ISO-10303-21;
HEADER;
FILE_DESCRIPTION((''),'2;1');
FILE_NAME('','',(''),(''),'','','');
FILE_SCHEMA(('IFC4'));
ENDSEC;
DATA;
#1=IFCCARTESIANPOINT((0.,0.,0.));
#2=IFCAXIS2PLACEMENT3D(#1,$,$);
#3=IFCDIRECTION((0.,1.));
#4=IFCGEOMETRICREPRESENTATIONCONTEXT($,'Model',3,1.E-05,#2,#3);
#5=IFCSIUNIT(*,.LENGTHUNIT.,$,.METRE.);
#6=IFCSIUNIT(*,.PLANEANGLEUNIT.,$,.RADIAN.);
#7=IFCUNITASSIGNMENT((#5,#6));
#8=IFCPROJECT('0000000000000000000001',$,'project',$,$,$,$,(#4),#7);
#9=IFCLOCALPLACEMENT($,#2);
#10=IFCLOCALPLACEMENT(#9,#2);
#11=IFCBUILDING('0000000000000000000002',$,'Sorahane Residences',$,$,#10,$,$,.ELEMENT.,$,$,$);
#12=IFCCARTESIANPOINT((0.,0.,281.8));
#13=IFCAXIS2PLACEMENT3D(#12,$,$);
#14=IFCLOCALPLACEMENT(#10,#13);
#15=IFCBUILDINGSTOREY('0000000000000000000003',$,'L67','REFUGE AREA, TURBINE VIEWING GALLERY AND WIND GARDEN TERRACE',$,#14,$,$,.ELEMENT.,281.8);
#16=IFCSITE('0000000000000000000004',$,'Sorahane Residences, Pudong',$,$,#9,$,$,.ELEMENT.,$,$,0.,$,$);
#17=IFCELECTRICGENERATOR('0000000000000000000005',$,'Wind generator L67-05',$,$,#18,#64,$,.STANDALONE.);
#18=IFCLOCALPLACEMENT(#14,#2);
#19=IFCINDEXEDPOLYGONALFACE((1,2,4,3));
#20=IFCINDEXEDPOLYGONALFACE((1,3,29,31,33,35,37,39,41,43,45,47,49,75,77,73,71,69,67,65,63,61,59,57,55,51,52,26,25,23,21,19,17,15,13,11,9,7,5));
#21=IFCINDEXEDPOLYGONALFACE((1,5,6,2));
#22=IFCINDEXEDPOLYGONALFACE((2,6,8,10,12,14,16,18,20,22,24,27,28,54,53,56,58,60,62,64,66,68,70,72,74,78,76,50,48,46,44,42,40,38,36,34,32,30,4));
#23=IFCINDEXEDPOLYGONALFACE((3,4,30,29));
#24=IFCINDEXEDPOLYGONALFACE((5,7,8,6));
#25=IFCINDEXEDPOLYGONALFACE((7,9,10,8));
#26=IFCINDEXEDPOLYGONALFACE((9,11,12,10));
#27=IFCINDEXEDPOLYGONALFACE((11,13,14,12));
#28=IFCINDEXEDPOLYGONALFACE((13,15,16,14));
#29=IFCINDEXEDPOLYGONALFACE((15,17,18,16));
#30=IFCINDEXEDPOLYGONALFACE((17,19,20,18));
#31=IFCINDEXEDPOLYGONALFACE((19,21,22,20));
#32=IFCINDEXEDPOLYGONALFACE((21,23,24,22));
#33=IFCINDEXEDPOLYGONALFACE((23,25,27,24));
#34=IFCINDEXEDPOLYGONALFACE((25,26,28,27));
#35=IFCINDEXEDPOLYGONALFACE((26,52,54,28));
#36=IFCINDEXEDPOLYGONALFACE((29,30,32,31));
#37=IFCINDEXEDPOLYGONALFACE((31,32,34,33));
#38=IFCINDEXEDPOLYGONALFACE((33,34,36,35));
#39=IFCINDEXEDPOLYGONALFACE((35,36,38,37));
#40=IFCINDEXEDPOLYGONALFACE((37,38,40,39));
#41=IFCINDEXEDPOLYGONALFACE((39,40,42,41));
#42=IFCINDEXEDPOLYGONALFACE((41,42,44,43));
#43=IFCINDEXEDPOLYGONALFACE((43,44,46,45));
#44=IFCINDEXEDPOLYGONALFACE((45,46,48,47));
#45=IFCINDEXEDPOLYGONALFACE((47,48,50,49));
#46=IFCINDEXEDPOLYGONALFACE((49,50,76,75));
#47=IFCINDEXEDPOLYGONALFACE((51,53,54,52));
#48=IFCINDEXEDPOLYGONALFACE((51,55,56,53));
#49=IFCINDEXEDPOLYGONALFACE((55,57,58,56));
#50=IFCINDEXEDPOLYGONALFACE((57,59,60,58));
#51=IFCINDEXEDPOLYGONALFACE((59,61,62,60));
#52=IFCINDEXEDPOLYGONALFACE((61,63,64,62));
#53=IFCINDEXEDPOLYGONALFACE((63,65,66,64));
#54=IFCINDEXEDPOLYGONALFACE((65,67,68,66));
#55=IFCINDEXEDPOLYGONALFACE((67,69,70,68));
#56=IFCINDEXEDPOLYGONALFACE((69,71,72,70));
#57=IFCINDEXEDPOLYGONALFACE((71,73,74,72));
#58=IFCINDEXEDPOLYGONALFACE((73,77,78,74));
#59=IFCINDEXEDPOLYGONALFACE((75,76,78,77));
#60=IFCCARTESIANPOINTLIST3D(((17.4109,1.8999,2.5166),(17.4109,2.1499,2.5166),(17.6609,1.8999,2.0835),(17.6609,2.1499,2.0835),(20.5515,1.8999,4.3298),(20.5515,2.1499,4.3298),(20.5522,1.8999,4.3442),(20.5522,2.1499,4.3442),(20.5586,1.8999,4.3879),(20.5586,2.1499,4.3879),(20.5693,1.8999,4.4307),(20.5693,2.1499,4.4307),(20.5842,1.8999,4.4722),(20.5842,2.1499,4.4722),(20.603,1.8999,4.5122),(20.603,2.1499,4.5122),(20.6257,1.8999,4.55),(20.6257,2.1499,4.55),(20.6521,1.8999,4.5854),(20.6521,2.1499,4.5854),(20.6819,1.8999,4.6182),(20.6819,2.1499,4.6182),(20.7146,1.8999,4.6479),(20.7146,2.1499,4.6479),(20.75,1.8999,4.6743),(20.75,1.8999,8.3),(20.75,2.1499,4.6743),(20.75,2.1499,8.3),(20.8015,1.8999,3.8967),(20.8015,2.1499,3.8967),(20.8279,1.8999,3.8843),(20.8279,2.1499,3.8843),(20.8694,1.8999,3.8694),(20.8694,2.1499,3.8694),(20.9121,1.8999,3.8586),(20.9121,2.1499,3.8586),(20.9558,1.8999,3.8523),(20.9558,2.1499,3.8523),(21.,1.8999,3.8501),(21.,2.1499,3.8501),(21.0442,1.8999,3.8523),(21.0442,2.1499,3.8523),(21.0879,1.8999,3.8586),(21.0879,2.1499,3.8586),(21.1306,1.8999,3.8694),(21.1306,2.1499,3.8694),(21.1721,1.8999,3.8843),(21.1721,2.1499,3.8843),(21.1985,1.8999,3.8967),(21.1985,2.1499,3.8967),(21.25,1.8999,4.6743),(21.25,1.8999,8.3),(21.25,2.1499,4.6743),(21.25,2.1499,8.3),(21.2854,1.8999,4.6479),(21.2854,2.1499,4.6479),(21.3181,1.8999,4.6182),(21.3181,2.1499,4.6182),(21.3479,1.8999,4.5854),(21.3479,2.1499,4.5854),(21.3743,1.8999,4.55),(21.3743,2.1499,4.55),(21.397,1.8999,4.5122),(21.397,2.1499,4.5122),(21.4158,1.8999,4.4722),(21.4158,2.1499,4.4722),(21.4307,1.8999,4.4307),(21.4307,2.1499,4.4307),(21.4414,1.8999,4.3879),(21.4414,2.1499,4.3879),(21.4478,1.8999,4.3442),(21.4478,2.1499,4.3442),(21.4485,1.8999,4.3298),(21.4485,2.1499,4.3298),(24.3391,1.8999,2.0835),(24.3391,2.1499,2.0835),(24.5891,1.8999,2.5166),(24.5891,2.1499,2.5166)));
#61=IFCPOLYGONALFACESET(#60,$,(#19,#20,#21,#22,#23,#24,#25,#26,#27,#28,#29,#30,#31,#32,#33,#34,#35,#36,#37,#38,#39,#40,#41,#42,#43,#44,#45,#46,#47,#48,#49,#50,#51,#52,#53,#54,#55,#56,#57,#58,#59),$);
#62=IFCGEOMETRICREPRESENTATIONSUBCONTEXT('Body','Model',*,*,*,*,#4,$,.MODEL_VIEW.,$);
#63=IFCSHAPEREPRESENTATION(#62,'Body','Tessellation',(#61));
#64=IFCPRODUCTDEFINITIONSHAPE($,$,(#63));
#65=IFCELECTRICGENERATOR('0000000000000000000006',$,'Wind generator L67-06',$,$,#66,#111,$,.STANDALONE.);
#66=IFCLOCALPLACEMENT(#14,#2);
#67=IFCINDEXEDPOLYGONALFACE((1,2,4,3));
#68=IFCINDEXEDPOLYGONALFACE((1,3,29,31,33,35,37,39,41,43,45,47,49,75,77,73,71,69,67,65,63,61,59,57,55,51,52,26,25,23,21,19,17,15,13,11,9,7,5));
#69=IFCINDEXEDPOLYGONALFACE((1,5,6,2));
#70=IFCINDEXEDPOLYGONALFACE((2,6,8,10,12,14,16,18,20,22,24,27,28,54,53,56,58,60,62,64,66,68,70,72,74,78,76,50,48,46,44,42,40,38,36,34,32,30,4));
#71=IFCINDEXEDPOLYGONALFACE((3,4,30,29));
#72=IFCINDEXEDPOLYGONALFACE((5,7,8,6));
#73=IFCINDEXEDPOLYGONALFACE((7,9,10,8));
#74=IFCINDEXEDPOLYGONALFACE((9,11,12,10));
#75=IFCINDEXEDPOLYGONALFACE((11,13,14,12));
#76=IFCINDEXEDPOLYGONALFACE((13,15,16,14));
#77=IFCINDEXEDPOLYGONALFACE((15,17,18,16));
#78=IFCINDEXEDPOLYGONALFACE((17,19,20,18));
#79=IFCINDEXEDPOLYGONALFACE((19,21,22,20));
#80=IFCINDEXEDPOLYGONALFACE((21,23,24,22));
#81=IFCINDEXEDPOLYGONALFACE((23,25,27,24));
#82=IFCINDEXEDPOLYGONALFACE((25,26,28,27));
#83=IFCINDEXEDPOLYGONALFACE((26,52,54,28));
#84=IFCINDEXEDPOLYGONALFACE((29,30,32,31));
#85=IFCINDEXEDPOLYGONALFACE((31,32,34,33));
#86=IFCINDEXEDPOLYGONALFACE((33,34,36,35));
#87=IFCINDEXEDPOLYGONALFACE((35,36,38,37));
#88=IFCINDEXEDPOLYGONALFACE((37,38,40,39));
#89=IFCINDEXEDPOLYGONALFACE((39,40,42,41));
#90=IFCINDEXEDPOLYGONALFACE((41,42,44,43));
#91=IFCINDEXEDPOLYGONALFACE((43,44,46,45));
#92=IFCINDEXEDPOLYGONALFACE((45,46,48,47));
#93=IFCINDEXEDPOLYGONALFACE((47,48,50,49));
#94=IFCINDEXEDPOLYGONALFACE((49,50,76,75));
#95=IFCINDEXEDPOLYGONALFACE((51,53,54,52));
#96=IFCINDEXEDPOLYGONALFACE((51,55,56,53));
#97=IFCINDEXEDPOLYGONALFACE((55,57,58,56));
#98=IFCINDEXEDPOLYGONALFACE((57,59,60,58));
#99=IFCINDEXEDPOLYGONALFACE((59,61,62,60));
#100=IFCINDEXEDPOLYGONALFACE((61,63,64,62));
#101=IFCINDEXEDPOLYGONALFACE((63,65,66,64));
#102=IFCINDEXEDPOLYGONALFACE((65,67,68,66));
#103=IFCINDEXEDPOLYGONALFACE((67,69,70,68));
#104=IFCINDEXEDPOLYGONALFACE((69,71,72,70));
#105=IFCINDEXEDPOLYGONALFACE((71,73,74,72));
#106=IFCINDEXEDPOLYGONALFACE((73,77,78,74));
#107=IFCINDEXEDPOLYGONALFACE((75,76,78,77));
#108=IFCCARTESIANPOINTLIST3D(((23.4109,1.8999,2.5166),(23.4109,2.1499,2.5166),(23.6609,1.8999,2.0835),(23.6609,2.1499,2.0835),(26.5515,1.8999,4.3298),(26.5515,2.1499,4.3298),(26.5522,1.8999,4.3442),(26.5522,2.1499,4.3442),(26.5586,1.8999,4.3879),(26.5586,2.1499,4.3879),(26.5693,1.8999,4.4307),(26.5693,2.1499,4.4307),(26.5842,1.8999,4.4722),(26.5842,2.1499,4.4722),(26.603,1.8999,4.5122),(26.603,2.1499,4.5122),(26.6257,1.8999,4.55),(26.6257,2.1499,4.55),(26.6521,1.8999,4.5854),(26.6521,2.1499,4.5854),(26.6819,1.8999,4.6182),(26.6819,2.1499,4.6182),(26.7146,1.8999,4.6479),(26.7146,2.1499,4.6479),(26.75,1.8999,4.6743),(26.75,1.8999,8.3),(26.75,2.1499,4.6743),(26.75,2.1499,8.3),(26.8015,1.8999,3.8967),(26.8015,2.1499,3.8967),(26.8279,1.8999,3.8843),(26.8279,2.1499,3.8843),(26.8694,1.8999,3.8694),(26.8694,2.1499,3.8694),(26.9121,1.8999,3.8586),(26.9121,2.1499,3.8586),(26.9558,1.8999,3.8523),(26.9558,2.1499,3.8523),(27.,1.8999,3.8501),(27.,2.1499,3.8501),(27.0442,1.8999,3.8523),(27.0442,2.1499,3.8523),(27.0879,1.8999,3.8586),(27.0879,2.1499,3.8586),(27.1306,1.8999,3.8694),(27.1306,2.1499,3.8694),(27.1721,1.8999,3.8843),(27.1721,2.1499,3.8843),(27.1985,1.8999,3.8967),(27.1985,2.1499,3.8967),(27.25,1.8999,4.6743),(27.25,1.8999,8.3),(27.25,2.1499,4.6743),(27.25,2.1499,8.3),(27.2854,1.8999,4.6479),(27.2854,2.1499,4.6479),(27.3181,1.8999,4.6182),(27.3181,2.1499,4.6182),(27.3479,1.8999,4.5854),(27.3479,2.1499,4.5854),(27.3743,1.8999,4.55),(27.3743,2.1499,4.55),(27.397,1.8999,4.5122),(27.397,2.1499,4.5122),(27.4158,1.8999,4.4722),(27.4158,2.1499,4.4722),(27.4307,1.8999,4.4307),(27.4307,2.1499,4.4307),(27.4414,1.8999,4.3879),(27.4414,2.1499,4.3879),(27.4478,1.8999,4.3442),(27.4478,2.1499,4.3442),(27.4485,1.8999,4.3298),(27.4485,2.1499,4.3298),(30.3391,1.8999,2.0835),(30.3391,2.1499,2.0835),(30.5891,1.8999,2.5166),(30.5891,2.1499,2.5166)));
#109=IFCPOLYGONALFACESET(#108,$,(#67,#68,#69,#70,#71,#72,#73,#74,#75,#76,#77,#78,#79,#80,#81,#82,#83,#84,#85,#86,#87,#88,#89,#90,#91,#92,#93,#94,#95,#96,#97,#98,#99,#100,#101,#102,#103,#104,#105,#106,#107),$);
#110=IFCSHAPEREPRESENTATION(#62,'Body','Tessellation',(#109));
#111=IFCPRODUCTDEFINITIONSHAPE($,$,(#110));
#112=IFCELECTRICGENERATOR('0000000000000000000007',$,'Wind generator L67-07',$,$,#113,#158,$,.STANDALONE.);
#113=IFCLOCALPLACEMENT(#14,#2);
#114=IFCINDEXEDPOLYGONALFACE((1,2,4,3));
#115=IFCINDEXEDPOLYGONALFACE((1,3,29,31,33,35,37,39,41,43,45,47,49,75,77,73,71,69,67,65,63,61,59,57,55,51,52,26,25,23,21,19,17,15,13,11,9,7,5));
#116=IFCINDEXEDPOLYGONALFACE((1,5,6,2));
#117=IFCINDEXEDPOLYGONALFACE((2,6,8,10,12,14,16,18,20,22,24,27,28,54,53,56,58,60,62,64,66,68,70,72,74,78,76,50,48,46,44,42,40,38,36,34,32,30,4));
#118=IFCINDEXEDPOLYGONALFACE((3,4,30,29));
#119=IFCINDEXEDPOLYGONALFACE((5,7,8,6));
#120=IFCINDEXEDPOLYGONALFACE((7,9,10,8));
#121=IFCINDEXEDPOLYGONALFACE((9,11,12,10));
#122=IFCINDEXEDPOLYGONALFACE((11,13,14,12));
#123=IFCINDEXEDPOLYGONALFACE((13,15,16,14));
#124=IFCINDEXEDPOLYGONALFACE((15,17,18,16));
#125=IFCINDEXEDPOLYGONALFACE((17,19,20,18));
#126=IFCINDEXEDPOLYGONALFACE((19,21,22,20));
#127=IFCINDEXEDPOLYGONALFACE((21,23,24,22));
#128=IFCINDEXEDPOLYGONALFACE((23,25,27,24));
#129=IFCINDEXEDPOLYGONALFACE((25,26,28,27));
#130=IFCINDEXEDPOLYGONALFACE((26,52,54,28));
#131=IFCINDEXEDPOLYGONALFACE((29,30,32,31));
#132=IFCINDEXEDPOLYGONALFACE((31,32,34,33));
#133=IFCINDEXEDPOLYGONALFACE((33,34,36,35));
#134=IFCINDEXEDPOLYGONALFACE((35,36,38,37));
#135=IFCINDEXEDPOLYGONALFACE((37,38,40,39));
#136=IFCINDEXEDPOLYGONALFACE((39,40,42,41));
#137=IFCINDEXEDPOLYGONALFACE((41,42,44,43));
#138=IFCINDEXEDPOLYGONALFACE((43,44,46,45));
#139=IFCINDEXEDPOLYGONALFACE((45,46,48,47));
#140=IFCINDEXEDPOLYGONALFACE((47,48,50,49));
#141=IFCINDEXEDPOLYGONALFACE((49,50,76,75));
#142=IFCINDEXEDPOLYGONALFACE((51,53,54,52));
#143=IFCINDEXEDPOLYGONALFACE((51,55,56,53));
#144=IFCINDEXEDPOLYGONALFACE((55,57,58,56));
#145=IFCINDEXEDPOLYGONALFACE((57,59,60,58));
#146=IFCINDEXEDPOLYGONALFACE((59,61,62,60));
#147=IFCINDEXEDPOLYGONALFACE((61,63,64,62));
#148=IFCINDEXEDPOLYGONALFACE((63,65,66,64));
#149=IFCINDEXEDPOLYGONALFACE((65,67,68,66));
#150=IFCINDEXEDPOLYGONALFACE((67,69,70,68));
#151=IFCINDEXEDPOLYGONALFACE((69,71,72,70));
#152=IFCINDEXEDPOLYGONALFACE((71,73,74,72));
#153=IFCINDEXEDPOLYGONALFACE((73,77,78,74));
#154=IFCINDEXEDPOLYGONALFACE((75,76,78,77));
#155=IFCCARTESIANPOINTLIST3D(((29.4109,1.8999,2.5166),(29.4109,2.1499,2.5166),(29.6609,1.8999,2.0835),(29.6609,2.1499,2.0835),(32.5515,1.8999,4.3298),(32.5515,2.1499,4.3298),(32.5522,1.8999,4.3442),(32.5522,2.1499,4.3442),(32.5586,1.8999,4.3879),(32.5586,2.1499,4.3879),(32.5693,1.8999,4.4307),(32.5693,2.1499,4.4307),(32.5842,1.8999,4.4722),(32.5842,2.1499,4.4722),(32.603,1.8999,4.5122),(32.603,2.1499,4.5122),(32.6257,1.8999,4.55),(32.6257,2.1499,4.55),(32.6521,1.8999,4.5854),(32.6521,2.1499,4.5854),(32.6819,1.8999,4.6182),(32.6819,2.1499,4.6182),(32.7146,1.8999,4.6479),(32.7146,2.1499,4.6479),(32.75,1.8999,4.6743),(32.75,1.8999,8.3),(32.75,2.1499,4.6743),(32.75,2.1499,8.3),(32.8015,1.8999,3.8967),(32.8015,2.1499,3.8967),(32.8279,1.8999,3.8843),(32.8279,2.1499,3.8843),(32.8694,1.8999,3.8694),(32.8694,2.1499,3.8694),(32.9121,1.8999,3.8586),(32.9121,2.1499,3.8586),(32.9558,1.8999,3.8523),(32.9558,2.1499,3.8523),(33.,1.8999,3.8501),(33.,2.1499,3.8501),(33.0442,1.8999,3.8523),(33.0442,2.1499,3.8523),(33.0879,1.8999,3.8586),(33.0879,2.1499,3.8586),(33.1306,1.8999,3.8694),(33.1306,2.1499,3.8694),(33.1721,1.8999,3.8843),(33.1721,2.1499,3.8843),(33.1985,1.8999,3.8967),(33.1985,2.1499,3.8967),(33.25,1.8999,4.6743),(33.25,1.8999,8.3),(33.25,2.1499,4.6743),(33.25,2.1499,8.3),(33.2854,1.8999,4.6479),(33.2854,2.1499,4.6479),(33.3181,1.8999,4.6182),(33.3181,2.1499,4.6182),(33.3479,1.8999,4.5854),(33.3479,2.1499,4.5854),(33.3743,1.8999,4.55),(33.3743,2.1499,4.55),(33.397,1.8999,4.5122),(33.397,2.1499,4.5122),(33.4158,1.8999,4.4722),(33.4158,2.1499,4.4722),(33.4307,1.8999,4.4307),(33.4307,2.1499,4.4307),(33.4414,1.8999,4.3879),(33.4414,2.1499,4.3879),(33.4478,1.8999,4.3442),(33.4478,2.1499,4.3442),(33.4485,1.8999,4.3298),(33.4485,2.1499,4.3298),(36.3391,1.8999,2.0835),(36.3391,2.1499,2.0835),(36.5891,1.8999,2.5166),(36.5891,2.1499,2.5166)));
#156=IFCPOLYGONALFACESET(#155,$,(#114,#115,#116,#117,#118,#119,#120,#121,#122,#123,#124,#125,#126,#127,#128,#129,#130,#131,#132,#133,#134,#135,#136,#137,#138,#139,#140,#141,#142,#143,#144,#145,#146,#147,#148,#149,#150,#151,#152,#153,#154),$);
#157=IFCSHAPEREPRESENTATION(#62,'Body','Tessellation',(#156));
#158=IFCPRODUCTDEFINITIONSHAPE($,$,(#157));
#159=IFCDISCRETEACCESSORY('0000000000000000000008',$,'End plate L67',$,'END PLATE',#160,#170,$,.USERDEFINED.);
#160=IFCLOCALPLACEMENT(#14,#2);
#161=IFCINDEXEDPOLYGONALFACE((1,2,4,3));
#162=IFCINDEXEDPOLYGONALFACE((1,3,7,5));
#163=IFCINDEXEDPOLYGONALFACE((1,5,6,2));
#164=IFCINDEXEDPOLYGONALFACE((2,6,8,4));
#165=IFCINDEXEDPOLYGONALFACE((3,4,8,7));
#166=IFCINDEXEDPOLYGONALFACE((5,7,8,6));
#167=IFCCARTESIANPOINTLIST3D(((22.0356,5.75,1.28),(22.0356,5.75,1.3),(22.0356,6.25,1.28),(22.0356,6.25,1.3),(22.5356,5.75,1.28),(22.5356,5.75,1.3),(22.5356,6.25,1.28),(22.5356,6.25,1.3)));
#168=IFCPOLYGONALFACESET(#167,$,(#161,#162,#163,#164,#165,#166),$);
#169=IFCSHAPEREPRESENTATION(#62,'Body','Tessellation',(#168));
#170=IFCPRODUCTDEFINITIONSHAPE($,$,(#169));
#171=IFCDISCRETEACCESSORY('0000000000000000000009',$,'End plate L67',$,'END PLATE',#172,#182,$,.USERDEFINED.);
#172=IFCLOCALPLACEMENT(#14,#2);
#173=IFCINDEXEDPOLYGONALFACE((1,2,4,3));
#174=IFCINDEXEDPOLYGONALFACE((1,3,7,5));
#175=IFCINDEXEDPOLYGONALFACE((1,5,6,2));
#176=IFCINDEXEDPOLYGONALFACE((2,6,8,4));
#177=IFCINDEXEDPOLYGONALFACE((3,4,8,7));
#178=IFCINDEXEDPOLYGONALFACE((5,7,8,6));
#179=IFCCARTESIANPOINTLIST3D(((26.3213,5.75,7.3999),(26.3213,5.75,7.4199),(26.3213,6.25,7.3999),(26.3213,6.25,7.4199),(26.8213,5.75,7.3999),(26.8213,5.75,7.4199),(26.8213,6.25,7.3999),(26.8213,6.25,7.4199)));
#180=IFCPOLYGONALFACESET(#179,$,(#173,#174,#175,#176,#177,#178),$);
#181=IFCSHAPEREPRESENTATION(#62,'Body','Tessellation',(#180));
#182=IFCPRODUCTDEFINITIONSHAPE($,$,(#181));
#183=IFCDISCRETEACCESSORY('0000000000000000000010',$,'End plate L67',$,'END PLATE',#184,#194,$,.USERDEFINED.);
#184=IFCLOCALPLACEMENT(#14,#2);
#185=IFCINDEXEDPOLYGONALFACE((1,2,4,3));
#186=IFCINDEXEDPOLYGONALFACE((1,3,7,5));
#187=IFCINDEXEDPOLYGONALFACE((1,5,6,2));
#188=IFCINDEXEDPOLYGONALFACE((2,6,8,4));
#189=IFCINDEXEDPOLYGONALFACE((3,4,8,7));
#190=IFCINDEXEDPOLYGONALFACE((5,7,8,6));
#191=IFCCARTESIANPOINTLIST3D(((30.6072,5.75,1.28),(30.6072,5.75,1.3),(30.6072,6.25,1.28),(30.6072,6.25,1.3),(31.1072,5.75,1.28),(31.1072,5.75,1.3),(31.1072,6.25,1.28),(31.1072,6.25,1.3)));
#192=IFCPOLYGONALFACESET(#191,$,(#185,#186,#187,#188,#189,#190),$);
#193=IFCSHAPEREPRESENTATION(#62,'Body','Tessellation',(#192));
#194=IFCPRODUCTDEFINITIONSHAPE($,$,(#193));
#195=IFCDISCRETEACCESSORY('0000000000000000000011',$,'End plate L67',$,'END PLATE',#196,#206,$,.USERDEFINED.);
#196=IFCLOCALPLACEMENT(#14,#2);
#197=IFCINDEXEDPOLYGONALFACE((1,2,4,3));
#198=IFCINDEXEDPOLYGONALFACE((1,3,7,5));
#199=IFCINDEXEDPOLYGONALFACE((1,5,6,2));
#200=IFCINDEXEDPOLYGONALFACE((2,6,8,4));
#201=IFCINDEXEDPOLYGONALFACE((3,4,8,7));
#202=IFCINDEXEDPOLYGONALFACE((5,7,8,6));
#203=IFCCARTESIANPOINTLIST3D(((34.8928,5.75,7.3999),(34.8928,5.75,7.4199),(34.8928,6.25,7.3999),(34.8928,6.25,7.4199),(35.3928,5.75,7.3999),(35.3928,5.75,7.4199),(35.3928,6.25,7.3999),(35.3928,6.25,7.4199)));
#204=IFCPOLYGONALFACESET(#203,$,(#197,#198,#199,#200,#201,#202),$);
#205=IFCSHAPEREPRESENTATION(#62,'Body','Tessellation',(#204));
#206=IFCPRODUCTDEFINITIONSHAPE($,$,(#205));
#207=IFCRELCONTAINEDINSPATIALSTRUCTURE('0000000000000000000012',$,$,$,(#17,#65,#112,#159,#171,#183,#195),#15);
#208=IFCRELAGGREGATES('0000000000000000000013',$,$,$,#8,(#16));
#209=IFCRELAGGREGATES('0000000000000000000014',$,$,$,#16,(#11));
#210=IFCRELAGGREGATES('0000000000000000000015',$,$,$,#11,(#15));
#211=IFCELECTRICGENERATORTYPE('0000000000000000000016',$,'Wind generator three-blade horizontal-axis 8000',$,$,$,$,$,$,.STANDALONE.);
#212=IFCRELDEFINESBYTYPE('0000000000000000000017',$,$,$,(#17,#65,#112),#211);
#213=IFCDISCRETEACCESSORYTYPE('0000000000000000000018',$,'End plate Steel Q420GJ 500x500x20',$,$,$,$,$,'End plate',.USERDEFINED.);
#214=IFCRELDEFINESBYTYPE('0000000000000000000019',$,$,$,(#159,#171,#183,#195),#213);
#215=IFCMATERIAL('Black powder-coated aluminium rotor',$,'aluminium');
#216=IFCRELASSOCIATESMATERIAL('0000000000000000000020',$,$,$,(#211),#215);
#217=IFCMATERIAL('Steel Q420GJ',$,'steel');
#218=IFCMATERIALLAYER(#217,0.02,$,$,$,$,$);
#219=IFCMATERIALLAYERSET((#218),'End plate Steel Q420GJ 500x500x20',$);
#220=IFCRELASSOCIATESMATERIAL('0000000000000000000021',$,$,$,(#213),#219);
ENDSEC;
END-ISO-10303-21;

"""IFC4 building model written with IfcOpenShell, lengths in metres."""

from ifc_helpers import new_model, si_unit, direction, frame, origin, origin_2d, place, context, subcontext, project, spatial, polyline, rectangle, outline, extrude, material, layer, layer_set, type_object, element, save


model = new_model("IFC4")

# Units and contexts
model_context = context("Model", 3, precision=1e-05, world=origin(), true_north=direction((0.0, 1.0)))
body_context = subcontext(model_context, "Body", "Model", "MODEL_VIEW")
ifc_project = project(units=[si_unit("LENGTHUNIT", "METRE"), si_unit("PLANEANGLEUNIT", "RADIAN")], contexts=[model_context])

# Site, building, storey
site_placement = place(None, origin())
site = spatial("IfcSite", under=ifc_project, at=site_placement, Name="Sorahane Residences, Pudong", CompositionType="ELEMENT", RefElevation=0.0)
building_placement = place(site_placement, origin())
building = spatial("IfcBuilding", under=site, at=building_placement, Name="Sorahane Residences", CompositionType="ELEMENT")
storey_placement = place(building_placement, frame((0.0, 0.0, 281.8)))
storey = spatial("IfcBuildingStorey", under=building, at=storey_placement, Name="L67", Description="REFUGE AREA, TURBINE VIEWING GALLERY AND WIND GARDEN TERRACE", CompositionType="ELEMENT", Elevation=281.8)

# Electric generators
ifc_material_1 = material(Name="Black powder-coated aluminium rotor", Category="aluminium")
electric_generator_type = type_object("IfcElectricGeneratorType", Name="Wind generator three-blade horizontal-axis 8000", PredefinedType="STANDALONE", material=ifc_material_1)
for number, where, z_axis, x_axis, name in (
    (1, (21.0, 1.8999, 4.3), (0.0, 1.0, 0.0), (-1.0, 0.0, 0.0), "Wind generator L67-05"),
    (2, (27.0, 1.8999, 4.3), (0.0, 1.0, 0.0), (-1.0, 0.0, 0.0), "Wind generator L67-06"),
    (3, (33.0, 1.8999, 4.3), (0.0, 1.0, 0.0), (-1.0, 0.0, 0.0), "Wind generator L67-07"),
):
    element("IfcElectricGenerator", number, at=place(storey_placement, frame(where, z_axis=z_axis, x_axis=x_axis)), inside=storey, type_object=electric_generator_type, Name=name, PredefinedType="STANDALONE", context=body_context, shape_type="SweptSolid", body=[
        extrude(outline(polyline([(3.3391, -2.2166), (0.1985, -0.4033), (0.1721, -0.4158), (0.1306, -0.4307), (0.0879, -0.4414), (0.0442, -0.4478), (0.0, -0.45), (-0.0442, -0.4478), (-0.0879, -0.4414), (-0.1306, -0.4307), (-0.1721, -0.4158), (-0.1985, -0.4033), (-3.3391, -2.2166), (-3.5891, -1.7834), (-0.4485, 0.0298), (-0.4478, 0.0442), (-0.4414, 0.0879), (-0.4307, 0.1306), (-0.4158, 0.1721), (-0.397, 0.2122), (-0.3743, 0.25), (-0.3479, 0.2854), (-0.3181, 0.3181), (-0.2854, 0.3479), (-0.25, 0.3743), (-0.25, 0.3743), (-0.25, 4.0), (0.25, 4.0), (0.25, 0.3743), (0.25, 0.3743), (0.2854, 0.3479), (0.3181, 0.3181), (0.3479, 0.2854), (0.3743, 0.25), (0.397, 0.2122), (0.4158, 0.1721), (0.4307, 0.1306), (0.4414, 0.0879), (0.4478, 0.0442), (0.4485, 0.0298), (3.5891, -1.7834), (3.3391, -2.2166)])), origin(), (0.0, 0.0, 1.0), 0.25),
    ])

# Discrete accessories
ifc_material_2 = material(Name="Steel Q420GJ", Category="steel")
ifc_layer_1 = layer(ifc_material_2, 0.02)
ifc_layer_set_1 = layer_set([ifc_layer_1], Name="End plate Steel Q420GJ 500x500x20")
discrete_accessory_type_1 = type_object("IfcDiscreteAccessoryType", Name="End plate Steel Q420GJ 500x500x20", ElementType="End plate", PredefinedType="USERDEFINED", material=ifc_layer_set_1)
for number, where, z_axis, x_axis, name in (
    (4, (22.2856, 6.0, 1.28), (0.0, 0.0, 1.0), (1.0, 0.0, 0.0), "End plate L67"),
    (5, (26.5713, 6.0, 7.3999), (0.0, 0.0, 1.0), (1.0, 0.0, 0.0), "End plate L67"),
    (6, (30.8572, 6.0, 1.28), (0.0, 0.0, 1.0), (1.0, 0.0, 0.0), "End plate L67"),
    (7, (35.1428, 6.0, 7.3999), (0.0, 0.0, 1.0), (1.0, 0.0, 0.0), "End plate L67"),
):
    element("IfcDiscreteAccessory", number, at=place(storey_placement, frame(where, z_axis=z_axis, x_axis=x_axis)), inside=storey, type_object=discrete_accessory_type_1, Name=name, ObjectType="END PLATE", PredefinedType="USERDEFINED", context=body_context, shape_type="SweptSolid", body=[
        extrude(rectangle(XDim=0.5, YDim=0.5, at=origin_2d()), origin(), (0.0, 0.0, 1.0), 0.02),
    ])

save(model, "model.ifc")
